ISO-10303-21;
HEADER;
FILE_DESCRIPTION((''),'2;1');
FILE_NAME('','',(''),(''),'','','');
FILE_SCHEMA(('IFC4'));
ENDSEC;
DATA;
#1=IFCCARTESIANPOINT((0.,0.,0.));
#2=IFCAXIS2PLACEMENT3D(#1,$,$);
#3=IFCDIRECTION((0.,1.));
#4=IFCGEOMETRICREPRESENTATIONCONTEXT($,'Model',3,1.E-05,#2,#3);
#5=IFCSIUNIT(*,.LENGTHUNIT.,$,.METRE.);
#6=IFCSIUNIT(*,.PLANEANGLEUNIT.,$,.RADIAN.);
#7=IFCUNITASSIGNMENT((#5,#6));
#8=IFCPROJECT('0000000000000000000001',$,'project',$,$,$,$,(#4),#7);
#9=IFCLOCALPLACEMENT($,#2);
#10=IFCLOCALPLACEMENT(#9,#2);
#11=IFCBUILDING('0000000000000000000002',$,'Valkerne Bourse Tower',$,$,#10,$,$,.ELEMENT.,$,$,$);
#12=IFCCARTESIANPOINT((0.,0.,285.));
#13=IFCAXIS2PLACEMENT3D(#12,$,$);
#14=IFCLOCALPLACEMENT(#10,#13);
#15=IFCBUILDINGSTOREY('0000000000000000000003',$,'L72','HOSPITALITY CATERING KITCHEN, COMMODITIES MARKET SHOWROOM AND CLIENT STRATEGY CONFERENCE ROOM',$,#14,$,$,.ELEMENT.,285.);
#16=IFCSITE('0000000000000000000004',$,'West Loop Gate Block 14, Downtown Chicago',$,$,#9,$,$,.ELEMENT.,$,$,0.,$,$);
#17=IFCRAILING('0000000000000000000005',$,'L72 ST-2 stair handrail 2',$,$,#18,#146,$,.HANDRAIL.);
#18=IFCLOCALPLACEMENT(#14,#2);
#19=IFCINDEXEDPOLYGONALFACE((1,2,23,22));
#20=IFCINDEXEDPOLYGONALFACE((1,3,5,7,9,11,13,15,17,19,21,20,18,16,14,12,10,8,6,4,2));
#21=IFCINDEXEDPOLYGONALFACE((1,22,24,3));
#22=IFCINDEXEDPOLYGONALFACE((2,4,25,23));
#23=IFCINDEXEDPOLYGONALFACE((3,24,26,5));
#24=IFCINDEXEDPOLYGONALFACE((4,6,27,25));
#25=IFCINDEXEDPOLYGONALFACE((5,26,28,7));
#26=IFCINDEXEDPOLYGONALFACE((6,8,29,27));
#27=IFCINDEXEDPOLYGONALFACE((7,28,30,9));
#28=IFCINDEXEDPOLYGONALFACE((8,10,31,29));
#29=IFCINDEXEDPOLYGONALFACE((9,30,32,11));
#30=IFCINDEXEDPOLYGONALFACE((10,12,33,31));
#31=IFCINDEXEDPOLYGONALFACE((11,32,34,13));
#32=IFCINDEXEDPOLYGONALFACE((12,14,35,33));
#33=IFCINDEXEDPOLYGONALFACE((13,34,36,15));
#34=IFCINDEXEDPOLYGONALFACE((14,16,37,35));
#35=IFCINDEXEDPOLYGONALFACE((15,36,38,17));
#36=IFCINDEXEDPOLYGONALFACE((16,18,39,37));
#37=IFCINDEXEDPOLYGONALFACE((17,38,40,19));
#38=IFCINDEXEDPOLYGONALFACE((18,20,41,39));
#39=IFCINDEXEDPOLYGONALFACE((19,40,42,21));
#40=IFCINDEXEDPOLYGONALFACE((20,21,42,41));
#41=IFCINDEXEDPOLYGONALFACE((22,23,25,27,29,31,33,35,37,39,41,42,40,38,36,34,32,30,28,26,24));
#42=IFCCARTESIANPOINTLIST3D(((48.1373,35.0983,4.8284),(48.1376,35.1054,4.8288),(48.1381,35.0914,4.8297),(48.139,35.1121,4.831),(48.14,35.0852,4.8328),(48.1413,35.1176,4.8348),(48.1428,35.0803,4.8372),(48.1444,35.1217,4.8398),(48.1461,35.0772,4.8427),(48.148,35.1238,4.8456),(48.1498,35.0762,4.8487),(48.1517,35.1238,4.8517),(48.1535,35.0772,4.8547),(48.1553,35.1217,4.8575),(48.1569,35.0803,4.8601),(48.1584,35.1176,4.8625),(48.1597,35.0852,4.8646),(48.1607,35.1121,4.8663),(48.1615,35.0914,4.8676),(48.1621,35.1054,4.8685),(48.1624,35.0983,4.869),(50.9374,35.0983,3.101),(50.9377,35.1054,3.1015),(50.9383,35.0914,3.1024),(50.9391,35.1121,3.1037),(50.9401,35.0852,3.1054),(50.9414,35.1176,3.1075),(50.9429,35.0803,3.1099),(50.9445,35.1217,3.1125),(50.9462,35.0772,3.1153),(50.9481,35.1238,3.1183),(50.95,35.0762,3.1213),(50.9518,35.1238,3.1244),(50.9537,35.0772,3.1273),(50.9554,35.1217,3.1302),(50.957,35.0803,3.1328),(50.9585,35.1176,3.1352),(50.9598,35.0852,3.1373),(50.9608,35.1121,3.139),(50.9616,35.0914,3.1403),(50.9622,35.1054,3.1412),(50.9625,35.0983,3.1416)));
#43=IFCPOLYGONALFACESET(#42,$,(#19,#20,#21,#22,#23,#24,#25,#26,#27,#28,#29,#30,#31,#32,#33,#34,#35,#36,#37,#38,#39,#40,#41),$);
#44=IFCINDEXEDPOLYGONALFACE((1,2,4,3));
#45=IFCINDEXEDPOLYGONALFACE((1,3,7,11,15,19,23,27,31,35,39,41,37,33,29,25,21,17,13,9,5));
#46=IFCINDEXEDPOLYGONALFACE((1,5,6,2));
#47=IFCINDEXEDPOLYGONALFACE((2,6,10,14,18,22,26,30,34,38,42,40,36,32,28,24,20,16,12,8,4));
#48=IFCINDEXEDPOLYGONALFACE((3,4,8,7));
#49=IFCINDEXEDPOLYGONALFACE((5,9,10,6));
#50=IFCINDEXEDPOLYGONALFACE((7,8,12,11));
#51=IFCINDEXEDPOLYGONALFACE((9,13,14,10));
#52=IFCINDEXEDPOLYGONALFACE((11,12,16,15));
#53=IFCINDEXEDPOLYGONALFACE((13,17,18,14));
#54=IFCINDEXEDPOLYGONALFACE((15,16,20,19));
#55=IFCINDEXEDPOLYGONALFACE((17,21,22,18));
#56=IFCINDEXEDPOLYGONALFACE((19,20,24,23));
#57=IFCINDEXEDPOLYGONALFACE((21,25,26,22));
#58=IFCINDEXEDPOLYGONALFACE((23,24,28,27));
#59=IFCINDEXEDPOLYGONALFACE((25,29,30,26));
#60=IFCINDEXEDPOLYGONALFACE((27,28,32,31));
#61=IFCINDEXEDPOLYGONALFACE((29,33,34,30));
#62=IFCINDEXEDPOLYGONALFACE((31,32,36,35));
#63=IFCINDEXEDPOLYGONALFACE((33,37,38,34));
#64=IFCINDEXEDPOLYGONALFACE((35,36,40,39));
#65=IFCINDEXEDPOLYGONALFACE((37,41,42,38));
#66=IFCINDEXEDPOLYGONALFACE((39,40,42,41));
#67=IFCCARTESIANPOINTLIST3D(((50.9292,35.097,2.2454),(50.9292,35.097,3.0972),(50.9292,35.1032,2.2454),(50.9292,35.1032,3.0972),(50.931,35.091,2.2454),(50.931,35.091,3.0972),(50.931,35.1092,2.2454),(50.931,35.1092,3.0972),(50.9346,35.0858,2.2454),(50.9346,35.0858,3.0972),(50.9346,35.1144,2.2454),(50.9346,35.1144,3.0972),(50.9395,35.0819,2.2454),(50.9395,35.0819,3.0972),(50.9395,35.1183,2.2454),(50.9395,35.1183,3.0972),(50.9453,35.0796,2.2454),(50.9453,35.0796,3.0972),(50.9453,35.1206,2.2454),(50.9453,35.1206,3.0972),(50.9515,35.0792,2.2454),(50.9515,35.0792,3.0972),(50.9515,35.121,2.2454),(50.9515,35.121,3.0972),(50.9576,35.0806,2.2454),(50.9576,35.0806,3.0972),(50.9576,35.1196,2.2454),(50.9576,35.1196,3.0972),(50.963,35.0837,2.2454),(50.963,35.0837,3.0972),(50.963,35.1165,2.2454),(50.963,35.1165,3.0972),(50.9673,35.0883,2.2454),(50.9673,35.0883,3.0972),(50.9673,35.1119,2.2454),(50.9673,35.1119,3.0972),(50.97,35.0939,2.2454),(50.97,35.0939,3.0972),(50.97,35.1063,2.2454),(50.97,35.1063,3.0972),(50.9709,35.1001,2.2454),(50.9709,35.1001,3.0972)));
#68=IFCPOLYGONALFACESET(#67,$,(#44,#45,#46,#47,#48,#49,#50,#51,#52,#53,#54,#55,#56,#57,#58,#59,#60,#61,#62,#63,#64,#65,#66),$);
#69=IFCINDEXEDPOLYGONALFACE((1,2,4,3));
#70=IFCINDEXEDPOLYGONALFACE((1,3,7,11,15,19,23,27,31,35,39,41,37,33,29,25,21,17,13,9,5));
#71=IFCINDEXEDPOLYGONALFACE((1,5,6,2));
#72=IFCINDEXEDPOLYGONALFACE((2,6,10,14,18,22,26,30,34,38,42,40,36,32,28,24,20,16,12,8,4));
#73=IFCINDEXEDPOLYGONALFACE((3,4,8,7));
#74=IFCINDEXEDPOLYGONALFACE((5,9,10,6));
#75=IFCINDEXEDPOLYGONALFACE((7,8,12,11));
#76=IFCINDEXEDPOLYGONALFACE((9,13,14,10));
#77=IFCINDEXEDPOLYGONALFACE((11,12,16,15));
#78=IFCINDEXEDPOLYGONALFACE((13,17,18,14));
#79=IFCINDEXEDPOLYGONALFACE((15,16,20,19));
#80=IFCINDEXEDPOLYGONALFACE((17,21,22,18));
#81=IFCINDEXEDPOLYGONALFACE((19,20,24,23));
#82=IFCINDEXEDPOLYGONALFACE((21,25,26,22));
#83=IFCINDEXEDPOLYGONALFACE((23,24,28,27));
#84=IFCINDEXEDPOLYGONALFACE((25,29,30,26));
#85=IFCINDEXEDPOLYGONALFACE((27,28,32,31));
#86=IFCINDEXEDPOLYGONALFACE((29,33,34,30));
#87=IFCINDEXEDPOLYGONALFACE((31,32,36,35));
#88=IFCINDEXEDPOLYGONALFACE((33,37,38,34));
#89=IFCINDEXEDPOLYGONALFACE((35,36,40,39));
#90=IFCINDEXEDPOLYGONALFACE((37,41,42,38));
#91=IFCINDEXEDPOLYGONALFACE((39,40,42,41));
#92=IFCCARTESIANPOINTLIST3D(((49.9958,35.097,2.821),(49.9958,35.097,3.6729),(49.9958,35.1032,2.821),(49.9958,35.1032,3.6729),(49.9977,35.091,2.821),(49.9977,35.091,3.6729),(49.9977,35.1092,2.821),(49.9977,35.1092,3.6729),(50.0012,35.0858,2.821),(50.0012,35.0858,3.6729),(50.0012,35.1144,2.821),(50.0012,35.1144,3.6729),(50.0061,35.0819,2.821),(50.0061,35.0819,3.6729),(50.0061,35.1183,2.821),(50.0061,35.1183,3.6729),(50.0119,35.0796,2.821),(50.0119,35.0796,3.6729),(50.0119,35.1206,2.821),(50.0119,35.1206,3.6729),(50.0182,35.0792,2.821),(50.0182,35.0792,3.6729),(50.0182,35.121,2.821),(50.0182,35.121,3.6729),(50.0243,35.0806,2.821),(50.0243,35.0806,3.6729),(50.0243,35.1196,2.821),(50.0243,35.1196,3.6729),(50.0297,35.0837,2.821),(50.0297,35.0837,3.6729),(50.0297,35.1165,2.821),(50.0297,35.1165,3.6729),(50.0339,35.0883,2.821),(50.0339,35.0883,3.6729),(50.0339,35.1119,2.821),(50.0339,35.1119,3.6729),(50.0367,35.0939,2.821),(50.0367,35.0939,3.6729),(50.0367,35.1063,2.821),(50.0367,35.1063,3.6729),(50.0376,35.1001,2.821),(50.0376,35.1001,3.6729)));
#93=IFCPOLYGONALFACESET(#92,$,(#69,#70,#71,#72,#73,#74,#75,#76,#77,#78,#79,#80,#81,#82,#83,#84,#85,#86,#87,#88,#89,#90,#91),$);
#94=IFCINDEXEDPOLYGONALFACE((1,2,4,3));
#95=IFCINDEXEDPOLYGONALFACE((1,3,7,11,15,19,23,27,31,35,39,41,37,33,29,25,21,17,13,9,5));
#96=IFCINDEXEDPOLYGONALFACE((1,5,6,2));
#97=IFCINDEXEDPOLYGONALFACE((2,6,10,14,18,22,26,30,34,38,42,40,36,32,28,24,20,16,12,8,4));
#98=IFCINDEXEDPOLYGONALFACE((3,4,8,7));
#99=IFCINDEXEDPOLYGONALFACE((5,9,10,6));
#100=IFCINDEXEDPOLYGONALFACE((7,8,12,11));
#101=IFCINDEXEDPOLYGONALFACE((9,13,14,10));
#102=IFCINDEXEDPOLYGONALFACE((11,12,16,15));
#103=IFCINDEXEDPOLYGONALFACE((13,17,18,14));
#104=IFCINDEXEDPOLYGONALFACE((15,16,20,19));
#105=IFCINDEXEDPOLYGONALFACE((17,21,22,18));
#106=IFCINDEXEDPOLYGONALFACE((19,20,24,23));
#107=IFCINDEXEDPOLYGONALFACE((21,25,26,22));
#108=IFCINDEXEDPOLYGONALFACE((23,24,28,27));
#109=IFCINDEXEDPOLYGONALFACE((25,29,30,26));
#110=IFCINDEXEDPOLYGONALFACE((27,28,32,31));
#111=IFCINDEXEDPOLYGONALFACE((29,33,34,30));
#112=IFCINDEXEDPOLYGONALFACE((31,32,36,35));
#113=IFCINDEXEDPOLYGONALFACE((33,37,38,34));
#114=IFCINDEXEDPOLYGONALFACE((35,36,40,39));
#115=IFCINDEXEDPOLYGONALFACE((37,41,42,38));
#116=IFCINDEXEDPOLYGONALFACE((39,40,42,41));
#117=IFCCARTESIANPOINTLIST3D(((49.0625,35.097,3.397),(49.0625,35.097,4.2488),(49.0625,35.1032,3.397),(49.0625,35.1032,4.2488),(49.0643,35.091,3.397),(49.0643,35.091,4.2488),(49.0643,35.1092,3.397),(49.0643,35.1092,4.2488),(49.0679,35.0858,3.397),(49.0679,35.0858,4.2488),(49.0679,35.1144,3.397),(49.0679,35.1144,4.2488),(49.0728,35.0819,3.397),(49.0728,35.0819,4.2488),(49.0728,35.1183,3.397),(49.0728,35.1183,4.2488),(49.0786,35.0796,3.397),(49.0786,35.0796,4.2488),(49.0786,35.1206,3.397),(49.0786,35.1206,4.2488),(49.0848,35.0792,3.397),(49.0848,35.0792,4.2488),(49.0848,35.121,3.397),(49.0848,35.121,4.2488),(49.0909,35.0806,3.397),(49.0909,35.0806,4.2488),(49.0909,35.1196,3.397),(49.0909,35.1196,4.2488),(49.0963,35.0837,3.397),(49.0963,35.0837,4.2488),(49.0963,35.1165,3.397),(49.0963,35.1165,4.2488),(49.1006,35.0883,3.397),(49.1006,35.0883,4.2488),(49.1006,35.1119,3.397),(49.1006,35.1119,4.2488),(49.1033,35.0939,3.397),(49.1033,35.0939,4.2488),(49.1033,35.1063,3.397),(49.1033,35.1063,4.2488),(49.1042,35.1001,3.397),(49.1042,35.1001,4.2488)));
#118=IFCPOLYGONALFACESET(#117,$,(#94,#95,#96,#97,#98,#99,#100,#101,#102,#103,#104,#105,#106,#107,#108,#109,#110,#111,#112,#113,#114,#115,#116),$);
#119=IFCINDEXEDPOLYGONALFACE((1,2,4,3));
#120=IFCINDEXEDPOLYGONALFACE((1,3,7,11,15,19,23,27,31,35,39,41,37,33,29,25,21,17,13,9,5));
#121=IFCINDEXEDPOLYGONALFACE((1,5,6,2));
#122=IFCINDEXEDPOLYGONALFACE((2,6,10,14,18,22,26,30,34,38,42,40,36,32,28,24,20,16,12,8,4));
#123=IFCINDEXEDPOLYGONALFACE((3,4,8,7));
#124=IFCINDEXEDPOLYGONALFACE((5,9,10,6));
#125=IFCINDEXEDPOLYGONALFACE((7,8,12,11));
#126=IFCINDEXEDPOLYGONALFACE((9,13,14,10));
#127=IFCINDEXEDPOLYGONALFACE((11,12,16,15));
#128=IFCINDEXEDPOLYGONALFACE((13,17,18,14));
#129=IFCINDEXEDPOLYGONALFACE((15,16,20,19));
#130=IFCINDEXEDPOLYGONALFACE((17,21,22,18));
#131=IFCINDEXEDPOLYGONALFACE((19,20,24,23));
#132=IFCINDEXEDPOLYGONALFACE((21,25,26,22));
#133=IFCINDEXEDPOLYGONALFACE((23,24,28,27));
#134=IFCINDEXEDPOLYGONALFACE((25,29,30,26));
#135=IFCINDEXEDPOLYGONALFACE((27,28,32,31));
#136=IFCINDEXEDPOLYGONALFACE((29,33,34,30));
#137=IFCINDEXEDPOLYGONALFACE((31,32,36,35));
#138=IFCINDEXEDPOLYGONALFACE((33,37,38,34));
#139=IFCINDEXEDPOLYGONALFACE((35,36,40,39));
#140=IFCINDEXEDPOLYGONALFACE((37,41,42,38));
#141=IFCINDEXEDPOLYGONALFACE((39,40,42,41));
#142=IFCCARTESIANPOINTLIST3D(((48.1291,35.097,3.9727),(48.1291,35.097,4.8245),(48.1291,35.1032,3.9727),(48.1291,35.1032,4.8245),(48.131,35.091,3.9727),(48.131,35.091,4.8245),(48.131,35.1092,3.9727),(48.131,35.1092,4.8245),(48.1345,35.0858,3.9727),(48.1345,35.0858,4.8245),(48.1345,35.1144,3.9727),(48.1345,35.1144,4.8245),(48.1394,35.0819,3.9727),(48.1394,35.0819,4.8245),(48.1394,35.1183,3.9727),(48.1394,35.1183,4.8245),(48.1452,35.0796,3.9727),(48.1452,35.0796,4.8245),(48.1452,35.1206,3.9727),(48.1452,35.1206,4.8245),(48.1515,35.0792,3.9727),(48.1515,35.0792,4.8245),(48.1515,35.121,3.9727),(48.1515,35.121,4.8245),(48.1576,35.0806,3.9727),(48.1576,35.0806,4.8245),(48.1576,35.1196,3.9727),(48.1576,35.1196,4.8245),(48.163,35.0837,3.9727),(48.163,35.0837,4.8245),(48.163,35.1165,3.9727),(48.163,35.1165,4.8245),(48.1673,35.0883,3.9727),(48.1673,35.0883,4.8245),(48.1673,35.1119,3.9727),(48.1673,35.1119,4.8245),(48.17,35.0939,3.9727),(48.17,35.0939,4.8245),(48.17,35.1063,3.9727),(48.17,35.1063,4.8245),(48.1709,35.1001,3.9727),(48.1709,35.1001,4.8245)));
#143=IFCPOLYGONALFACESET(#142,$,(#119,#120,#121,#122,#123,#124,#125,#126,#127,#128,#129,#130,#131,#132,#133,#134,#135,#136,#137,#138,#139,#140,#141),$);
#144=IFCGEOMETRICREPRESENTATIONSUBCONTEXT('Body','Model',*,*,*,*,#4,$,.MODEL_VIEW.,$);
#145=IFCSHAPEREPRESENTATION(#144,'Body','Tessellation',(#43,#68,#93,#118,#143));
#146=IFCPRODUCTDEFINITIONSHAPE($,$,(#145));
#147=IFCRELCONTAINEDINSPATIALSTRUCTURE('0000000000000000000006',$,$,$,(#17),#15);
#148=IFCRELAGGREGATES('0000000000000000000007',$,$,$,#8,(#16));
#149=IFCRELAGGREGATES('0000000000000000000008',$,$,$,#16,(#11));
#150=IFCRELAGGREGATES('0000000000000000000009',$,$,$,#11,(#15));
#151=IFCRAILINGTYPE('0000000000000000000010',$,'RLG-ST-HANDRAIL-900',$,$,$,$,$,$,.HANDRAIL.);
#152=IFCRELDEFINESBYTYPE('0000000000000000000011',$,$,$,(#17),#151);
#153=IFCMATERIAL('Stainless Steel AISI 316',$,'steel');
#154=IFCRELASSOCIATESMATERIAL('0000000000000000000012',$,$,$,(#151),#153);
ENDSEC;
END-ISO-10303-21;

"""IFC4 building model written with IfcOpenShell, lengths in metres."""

from ifc_helpers import new_model, si_unit, direction, frame, origin, origin_2d, place, context, subcontext, project, spatial, circle, extrude, material, type_object, element, save


model = new_model("IFC4")

# Units and contexts
model_context = context("Model", 3, precision=1e-05, world=origin(), true_north=direction((0.0, 1.0)))
body_context = subcontext(model_context, "Body", "Model", "MODEL_VIEW")
ifc_project = project(units=[si_unit("LENGTHUNIT", "METRE"), si_unit("PLANEANGLEUNIT", "RADIAN")], contexts=[model_context])

# Site, building, storey
site_placement = place(None, origin())
site = spatial("IfcSite", under=ifc_project, at=site_placement, Name="West Loop Gate Block 14, Downtown Chicago", CompositionType="ELEMENT", RefElevation=0.0)
building_placement = place(site_placement, origin())
building = spatial("IfcBuilding", under=site, at=building_placement, Name="Valkerne Bourse Tower", CompositionType="ELEMENT")
storey_placement = place(building_placement, frame((0.0, 0.0, 285.0)))
storey = spatial("IfcBuildingStorey", under=building, at=storey_placement, Name="L72", Description="HOSPITALITY CATERING KITCHEN, COMMODITIES MARKET SHOWROOM AND CLIENT STRATEGY CONFERENCE ROOM", CompositionType="ELEMENT", Elevation=285.0)

# Shared definitions
ifc_material_1 = material(Name="Stainless Steel AISI 316", Category="steel")

# Railing
railing_type_1 = type_object("IfcRailingType", Name="RLG-ST-HANDRAIL-900", PredefinedType="HANDRAIL", material=ifc_material_1)
railing_1_placement = place(storey_placement, frame((50.95, 35.1001, 2.2454)))
element("IfcRailing", 1, at=railing_1_placement, inside=storey, type_object=railing_type_1, Name="L72 ST-2 stair handrail 2", PredefinedType="HANDRAIL", context=body_context, shape_type="SweptSolid", body=[
    extrude(circle(Radius=0.0239, at=origin_2d()), frame((0.0, 0.0, 0.876), z_axis=(-0.85109, 0.0, 0.52502), x_axis=(0.0, -1.0, 0.0)), (0.0, 0.0, 1.0), 3.29),
    extrude(circle(Radius=0.021, at=origin_2d()), origin(), (0.0, 0.0, 1.0), 0.8518),
    extrude(circle(Radius=0.021, at=origin_2d()), frame((-0.9333, 0.0, 0.5757)), (0.0, 0.0, 1.0), 0.8518),
    extrude(circle(Radius=0.021, at=origin_2d()), frame((-1.8667, 0.0, 1.1516)), (0.0, 0.0, 1.0), 0.8518),
    extrude(circle(Radius=0.021, at=origin_2d()), frame((-2.8, 0.0, 1.7273)), (0.0, 0.0, 1.0), 0.8518),
])

save(model, "model.ifc")
